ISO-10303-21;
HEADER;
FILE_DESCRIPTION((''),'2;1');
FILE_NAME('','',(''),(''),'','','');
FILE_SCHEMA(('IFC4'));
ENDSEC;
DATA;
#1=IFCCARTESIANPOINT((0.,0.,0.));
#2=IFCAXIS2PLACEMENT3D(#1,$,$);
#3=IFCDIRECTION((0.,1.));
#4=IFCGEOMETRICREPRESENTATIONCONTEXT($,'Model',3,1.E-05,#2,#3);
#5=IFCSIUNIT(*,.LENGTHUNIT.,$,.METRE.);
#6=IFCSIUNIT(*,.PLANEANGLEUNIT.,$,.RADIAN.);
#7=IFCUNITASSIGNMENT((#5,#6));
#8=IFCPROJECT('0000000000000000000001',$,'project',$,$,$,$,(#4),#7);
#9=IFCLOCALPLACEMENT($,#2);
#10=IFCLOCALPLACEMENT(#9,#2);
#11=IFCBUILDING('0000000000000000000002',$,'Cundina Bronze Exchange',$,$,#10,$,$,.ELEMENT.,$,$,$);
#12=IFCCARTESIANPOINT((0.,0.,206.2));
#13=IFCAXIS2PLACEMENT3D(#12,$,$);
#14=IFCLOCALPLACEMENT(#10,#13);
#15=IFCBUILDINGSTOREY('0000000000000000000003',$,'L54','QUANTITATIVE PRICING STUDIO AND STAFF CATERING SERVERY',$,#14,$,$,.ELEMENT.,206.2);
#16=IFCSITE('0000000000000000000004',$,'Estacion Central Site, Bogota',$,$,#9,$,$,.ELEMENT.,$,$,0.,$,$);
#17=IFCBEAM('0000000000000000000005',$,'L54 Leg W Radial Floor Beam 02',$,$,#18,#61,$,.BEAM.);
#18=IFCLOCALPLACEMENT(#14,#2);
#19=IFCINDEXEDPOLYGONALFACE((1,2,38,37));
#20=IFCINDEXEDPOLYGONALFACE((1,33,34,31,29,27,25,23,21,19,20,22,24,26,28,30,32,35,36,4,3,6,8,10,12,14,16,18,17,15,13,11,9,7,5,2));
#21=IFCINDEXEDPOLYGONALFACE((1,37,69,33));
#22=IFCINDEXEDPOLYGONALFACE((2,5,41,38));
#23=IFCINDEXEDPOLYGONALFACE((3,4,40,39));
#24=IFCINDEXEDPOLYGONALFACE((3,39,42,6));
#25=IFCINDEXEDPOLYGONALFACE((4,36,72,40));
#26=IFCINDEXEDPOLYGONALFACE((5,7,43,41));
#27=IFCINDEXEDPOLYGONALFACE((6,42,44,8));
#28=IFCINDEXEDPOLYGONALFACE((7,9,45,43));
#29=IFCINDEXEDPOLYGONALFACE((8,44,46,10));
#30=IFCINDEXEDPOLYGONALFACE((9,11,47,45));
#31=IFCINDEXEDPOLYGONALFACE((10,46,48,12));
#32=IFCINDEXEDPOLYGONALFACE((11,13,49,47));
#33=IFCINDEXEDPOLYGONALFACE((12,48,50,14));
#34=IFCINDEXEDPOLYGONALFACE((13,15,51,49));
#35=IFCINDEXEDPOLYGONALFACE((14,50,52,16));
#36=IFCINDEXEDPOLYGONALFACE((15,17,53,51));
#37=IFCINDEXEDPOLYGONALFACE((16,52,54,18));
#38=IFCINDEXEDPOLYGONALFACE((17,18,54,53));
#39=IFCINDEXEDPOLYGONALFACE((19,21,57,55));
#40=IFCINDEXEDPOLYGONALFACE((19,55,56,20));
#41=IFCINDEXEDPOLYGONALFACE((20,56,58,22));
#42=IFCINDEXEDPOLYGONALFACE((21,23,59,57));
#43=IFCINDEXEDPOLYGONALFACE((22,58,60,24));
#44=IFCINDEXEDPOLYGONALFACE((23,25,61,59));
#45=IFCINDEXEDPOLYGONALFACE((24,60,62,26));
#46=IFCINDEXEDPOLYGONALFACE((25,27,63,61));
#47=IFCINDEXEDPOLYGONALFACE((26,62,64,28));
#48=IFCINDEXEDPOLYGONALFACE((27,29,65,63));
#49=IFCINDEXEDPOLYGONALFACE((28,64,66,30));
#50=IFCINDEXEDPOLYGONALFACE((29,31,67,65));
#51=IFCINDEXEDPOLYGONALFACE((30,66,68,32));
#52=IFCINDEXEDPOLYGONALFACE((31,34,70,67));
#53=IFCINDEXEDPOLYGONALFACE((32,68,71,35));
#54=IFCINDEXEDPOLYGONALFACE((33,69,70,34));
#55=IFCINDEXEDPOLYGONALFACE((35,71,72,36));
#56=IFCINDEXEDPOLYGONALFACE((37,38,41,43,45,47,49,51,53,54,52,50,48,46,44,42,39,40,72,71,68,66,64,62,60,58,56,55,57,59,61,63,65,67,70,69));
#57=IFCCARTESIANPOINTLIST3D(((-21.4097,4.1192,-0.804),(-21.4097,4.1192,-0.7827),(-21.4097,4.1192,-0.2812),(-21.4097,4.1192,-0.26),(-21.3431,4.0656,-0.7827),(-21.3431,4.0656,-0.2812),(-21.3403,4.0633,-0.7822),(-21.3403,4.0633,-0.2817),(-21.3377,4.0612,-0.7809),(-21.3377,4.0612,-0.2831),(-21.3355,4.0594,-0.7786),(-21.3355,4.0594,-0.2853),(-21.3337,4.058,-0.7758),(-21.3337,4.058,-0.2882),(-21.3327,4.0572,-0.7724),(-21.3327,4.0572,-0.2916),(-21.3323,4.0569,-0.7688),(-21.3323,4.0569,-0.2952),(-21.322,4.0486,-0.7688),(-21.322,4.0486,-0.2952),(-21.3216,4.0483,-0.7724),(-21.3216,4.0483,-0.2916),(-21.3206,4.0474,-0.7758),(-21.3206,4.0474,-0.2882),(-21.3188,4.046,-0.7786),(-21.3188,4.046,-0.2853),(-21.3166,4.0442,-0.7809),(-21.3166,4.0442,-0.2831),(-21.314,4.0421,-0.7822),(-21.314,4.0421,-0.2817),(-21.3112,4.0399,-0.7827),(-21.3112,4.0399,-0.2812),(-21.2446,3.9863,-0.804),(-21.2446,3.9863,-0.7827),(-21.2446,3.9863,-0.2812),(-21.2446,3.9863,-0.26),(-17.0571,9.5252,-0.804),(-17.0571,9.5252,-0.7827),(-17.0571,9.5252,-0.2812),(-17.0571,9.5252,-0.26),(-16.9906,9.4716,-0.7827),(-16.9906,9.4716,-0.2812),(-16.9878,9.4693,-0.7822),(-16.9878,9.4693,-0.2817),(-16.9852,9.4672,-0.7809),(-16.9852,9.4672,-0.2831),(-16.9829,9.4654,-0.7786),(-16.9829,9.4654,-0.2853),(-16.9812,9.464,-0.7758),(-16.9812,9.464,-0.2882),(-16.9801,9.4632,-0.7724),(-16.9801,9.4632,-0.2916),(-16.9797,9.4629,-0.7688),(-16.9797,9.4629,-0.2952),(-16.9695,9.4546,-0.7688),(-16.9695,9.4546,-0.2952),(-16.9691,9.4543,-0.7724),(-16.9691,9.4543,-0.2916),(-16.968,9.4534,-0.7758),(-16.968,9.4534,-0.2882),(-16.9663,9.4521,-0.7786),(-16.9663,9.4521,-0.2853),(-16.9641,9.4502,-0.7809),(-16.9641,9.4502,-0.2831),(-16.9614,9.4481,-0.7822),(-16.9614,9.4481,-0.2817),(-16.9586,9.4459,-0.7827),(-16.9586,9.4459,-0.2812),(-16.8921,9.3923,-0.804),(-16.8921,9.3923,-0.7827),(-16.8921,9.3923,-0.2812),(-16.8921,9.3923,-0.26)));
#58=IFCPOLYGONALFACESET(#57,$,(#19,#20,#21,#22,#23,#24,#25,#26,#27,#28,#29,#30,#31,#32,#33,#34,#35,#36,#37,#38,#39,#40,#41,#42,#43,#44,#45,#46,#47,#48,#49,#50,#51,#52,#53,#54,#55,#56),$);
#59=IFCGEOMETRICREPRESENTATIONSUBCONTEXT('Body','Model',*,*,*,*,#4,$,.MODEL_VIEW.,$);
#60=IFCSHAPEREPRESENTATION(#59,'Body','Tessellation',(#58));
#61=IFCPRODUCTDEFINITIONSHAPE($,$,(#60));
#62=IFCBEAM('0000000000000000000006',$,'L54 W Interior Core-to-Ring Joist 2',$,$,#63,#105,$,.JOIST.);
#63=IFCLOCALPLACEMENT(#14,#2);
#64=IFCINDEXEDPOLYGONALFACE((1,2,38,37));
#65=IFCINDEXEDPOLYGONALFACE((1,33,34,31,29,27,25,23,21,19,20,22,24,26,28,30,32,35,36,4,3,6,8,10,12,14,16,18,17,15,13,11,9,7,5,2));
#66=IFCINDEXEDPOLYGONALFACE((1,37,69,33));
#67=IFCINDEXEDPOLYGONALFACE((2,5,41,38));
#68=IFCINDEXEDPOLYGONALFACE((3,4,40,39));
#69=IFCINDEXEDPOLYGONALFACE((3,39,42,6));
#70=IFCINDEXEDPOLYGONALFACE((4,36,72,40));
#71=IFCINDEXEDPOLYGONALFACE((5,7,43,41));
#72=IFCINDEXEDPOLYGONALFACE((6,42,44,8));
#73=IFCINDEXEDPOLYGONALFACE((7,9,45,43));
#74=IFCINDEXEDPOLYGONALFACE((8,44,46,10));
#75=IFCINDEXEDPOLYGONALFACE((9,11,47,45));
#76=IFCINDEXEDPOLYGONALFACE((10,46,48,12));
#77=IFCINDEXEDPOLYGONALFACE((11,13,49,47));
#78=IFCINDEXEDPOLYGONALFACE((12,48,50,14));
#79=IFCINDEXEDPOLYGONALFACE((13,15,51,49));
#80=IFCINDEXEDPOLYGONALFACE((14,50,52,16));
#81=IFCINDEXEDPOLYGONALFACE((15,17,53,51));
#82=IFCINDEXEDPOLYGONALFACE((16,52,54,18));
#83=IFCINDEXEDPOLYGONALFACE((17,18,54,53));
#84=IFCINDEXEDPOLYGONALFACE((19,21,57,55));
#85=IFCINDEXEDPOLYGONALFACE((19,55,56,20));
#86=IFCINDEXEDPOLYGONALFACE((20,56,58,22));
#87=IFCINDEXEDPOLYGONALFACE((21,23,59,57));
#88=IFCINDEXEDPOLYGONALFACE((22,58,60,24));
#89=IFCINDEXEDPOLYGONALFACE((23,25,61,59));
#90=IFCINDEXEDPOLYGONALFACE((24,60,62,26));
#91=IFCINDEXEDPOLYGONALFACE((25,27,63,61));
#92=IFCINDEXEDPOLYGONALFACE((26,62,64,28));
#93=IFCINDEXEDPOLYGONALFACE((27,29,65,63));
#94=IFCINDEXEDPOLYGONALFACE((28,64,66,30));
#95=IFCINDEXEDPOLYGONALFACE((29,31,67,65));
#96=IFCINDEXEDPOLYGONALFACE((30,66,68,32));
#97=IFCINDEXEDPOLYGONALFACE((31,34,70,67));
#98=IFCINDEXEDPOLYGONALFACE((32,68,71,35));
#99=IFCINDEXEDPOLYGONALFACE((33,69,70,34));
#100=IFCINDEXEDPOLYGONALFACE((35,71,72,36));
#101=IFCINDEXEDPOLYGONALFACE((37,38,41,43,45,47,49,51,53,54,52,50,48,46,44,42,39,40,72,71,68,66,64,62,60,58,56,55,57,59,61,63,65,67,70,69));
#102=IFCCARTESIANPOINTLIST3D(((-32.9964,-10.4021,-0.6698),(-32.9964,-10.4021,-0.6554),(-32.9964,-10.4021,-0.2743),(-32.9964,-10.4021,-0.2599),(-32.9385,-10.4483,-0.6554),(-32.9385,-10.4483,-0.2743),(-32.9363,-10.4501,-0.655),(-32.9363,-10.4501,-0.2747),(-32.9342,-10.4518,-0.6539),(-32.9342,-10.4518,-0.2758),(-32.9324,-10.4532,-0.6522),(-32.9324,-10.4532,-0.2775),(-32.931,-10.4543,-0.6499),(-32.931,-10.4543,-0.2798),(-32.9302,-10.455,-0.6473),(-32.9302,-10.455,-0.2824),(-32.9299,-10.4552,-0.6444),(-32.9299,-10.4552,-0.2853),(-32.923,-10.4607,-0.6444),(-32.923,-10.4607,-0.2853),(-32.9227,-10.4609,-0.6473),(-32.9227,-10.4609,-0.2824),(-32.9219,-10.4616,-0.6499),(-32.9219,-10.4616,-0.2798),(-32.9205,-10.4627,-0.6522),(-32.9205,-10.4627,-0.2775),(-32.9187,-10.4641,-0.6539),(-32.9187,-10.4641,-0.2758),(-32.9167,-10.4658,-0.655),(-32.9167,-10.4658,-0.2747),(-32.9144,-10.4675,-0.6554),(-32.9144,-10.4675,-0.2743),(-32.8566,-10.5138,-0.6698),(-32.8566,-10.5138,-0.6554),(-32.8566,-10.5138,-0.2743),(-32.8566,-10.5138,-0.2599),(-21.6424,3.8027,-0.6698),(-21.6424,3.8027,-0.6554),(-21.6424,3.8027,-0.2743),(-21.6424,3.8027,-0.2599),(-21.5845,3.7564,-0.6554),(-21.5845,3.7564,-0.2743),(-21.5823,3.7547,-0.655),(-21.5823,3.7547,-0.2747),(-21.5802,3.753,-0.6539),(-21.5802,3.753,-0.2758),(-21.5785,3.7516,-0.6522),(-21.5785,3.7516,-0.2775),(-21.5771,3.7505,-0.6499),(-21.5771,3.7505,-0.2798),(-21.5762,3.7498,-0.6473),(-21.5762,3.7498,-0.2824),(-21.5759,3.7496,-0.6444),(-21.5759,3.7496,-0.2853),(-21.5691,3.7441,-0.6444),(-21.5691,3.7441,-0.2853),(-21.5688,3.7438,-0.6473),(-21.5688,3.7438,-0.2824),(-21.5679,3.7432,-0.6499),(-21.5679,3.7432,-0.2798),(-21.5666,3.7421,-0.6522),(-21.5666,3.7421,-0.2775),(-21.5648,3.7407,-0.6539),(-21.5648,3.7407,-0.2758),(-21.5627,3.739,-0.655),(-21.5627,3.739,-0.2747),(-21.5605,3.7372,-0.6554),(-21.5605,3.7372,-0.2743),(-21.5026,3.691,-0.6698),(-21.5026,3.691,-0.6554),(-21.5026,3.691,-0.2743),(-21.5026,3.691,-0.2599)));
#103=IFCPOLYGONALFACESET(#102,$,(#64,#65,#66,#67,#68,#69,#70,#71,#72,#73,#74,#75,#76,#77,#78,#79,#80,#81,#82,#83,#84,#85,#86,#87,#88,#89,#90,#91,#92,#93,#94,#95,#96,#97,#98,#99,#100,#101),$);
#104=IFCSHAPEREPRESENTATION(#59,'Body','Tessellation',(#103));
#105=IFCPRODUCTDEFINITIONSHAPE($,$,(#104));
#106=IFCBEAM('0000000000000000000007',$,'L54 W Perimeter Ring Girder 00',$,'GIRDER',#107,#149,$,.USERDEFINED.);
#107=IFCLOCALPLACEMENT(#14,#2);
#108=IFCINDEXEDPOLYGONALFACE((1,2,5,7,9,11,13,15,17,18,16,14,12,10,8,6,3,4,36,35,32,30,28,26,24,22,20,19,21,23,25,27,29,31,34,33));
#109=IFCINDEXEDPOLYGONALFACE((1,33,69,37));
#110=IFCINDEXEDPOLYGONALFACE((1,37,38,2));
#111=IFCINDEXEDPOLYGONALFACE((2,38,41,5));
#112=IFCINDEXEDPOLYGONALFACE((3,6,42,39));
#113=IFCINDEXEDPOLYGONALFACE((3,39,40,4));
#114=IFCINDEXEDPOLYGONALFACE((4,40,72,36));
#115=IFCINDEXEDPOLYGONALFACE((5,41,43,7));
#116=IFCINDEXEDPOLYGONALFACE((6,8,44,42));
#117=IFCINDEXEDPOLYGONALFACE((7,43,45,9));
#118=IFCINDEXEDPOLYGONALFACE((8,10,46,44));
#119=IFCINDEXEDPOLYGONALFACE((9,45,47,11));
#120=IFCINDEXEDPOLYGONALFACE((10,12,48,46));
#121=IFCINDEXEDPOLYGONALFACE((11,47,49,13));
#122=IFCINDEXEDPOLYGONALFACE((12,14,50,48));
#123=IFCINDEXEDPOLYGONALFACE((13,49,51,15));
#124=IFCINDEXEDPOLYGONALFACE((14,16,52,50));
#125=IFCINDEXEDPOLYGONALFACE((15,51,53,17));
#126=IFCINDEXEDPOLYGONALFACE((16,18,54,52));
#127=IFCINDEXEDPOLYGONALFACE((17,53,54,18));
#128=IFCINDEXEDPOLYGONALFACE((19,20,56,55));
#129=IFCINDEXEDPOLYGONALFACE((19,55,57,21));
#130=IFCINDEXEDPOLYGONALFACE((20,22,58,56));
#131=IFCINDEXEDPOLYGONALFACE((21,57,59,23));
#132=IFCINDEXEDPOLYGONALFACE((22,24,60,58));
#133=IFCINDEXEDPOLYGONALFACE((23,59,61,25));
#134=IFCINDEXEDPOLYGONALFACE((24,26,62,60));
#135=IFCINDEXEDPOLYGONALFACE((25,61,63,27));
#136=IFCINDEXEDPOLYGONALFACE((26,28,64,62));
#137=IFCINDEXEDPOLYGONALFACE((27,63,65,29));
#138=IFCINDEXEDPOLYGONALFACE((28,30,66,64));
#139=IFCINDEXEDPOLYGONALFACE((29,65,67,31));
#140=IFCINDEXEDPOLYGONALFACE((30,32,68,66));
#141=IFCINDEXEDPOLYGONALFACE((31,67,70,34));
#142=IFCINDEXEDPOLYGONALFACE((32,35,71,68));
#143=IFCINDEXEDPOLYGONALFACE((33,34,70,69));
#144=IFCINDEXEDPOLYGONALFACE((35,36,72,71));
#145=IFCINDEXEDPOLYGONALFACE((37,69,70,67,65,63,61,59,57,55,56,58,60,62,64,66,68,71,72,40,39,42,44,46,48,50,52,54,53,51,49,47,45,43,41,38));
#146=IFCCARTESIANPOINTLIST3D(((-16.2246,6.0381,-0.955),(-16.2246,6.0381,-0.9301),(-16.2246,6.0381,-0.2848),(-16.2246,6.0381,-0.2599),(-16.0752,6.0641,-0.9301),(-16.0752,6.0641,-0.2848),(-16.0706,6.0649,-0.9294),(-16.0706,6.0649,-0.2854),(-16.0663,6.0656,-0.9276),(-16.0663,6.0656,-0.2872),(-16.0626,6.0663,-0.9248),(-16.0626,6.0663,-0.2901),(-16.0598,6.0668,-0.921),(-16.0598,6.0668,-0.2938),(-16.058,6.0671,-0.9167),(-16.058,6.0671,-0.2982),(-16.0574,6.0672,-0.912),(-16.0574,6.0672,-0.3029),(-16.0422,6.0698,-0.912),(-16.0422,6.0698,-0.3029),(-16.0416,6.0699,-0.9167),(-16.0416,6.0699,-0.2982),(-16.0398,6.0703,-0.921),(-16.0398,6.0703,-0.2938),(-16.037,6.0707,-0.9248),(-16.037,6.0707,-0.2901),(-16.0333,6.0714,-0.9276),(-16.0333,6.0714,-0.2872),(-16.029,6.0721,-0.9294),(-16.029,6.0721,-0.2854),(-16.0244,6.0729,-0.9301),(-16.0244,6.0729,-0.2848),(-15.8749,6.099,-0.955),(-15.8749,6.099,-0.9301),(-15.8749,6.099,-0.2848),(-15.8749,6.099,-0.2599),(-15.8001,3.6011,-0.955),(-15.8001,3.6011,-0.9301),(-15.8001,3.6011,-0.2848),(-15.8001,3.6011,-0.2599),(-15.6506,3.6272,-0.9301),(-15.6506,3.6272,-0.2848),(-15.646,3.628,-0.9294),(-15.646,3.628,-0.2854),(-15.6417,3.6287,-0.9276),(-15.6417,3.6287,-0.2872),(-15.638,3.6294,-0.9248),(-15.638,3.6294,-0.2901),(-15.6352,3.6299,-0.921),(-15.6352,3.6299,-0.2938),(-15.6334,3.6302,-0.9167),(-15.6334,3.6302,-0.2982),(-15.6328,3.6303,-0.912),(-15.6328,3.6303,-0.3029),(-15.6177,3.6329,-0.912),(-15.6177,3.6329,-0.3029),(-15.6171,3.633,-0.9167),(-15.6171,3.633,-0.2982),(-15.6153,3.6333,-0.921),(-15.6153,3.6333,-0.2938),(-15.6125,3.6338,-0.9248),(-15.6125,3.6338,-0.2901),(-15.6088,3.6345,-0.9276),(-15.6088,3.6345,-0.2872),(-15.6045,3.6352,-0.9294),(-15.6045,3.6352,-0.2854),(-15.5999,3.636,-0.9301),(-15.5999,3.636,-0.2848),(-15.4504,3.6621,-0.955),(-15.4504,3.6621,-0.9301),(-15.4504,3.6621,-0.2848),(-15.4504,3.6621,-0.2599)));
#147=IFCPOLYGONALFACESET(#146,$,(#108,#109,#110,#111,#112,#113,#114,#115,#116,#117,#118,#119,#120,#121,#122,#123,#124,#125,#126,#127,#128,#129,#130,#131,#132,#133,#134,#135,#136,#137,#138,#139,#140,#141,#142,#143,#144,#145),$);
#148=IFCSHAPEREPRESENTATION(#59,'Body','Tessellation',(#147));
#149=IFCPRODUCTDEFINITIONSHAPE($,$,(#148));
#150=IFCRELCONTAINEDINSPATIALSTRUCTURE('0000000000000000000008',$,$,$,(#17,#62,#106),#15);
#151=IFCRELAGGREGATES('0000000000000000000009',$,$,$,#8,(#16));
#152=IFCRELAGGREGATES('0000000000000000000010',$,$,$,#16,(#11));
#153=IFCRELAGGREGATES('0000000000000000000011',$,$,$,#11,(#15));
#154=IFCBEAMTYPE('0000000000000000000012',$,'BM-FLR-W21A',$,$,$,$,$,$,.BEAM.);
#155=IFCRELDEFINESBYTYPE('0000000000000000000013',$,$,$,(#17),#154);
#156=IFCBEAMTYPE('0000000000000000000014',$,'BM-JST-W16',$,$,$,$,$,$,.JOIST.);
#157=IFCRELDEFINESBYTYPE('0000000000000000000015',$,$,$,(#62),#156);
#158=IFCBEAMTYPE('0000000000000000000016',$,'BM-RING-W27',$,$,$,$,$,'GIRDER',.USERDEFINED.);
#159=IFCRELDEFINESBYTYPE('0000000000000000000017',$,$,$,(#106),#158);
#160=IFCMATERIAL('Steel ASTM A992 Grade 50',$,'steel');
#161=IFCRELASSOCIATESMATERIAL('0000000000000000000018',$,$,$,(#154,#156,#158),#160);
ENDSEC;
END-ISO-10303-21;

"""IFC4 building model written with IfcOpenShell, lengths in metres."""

from ifc_helpers import new_model, si_unit, direction, frame, origin, origin_2d, place, context, subcontext, project, spatial, i_section, extrude, material, material_profile, profile_set, type_object, element, save


model = new_model("IFC4")

# Units and contexts
model_context = context("Model", 3, precision=1e-05, world=origin(), true_north=direction((0.0, 1.0)))
body_context = subcontext(model_context, "Body", "Model", "MODEL_VIEW")
ifc_project = project(units=[si_unit("LENGTHUNIT", "METRE"), si_unit("PLANEANGLEUNIT", "RADIAN")], contexts=[model_context])

# Site, building, storey
site_placement = place(None, origin())
site = spatial("IfcSite", under=ifc_project, at=site_placement, Name="Estacion Central Site, Bogota", CompositionType="ELEMENT", RefElevation=0.0)
building_placement = place(site_placement, origin())
building = spatial("IfcBuilding", under=site, at=building_placement, Name="Cundina Bronze Exchange", CompositionType="ELEMENT")
storey_placement = place(building_placement, frame((0.0, 0.0, 206.2)))
storey = spatial("IfcBuildingStorey", under=building, at=storey_placement, Name="L54", Description="QUANTITATIVE PRICING STUDIO AND STAFF CATERING SERVERY", CompositionType="ELEMENT", Elevation=206.2)

# Shared definitions
ifc_material_1 = material(Name="Steel ASTM A992 Grade 50", Category="steel")

# Beams
ifc_material_profile_1 = material_profile(ifc_material_1, i_section(OverallWidth=0.2119, OverallDepth=0.5439, WebThickness=0.0132, FlangeThickness=0.0212, FilletRadius=0.0139, at=origin_2d()), Name="W21X83", Category="steel")
ifc_profile_set_1 = profile_set([ifc_material_profile_1], Name="Steel ASTM A992 Grade 50")
beam_type_1 = type_object("IfcBeamType", Name="BM-FLR-W21A", PredefinedType="BEAM", material=ifc_profile_set_1)
beam_1_placement = place(storey_placement, frame((-21.3271, 4.0527, -0.532), z_axis=(0.627129, 0.778916, 0.0), x_axis=(-0.778916, 0.627129, 0.0)))
element("IfcBeam", 1, at=beam_1_placement, inside=storey, type_object=beam_type_1, Name="L54 Leg W Radial Floor Beam 02", PredefinedType="BEAM", context=body_context, shape_type="SweptSolid", body=[
    extrude(i_section(OverallWidth=0.2119, OverallDepth=0.5439, WebThickness=0.0132, FlangeThickness=0.0212, FilletRadius=0.0139, at=origin_2d()), origin(), (0.0, 0.0, 1.0), 6.9404),
])
ifc_material_profile_2 = material_profile(ifc_material_1, i_section(OverallWidth=0.179, OverallDepth=0.4099, WebThickness=0.0088, FlangeThickness=0.0144, FilletRadius=0.011, at=origin_2d()), Name="W16X45", Category="steel")
ifc_profile_set_2 = profile_set([ifc_material_profile_2], Name="Steel ASTM A992 Grade 50")
beam_type_2 = type_object("IfcBeamType", Name="BM-JST-W16", PredefinedType="JOIST", material=ifc_profile_set_2)
beam_2_placement = place(storey_placement, frame((-21.5725, 3.7468, -0.4648), z_axis=(-0.624364, -0.781133, 0.0), x_axis=(0.781133, -0.624364, 0.0)))
element("IfcBeam", 2, at=beam_2_placement, inside=storey, type_object=beam_type_2, Name="L54 W Interior Core-to-Ring Joist 2", PredefinedType="JOIST", context=body_context, shape_type="SweptSolid", body=[
    extrude(i_section(OverallWidth=0.179, OverallDepth=0.4099, WebThickness=0.0088, FlangeThickness=0.0144, FilletRadius=0.011, at=origin_2d()), origin(), (0.0, 0.0, 1.0), 18.1848),
])
ifc_material_profile_3 = material_profile(ifc_material_1, i_section(OverallWidth=0.355, OverallDepth=0.6951, WebThickness=0.0154, FlangeThickness=0.0249, FilletRadius=0.0181, at=origin_2d()), Name="W27X146", Category="steel")
ifc_profile_set_3 = profile_set([ifc_material_profile_3], Name="Steel ASTM A992 Grade 50")
beam_type_3 = type_object("IfcBeamType", Name="BM-RING-W27", ElementType="GIRDER", PredefinedType="USERDEFINED", material=ifc_profile_set_3)
beam_3_placement = place(storey_placement, frame((-15.6252, 3.6316, -0.6074), z_axis=(-0.171629, 0.985162, 0.0), x_axis=(-0.985162, -0.171629, 0.0)))
element("IfcBeam", 3, at=beam_3_placement, inside=storey, type_object=beam_type_3, Name="L54 W Perimeter Ring Girder 00", ObjectType="GIRDER", PredefinedType="USERDEFINED", context=body_context, shape_type="SweptSolid", body=[
    extrude(i_section(OverallWidth=0.355, OverallDepth=0.6951, WebThickness=0.0154, FlangeThickness=0.0249, FilletRadius=0.0181, at=origin_2d()), origin(), (0.0, 0.0, 1.0), 2.4736),
])

save(model, "model.ifc")
